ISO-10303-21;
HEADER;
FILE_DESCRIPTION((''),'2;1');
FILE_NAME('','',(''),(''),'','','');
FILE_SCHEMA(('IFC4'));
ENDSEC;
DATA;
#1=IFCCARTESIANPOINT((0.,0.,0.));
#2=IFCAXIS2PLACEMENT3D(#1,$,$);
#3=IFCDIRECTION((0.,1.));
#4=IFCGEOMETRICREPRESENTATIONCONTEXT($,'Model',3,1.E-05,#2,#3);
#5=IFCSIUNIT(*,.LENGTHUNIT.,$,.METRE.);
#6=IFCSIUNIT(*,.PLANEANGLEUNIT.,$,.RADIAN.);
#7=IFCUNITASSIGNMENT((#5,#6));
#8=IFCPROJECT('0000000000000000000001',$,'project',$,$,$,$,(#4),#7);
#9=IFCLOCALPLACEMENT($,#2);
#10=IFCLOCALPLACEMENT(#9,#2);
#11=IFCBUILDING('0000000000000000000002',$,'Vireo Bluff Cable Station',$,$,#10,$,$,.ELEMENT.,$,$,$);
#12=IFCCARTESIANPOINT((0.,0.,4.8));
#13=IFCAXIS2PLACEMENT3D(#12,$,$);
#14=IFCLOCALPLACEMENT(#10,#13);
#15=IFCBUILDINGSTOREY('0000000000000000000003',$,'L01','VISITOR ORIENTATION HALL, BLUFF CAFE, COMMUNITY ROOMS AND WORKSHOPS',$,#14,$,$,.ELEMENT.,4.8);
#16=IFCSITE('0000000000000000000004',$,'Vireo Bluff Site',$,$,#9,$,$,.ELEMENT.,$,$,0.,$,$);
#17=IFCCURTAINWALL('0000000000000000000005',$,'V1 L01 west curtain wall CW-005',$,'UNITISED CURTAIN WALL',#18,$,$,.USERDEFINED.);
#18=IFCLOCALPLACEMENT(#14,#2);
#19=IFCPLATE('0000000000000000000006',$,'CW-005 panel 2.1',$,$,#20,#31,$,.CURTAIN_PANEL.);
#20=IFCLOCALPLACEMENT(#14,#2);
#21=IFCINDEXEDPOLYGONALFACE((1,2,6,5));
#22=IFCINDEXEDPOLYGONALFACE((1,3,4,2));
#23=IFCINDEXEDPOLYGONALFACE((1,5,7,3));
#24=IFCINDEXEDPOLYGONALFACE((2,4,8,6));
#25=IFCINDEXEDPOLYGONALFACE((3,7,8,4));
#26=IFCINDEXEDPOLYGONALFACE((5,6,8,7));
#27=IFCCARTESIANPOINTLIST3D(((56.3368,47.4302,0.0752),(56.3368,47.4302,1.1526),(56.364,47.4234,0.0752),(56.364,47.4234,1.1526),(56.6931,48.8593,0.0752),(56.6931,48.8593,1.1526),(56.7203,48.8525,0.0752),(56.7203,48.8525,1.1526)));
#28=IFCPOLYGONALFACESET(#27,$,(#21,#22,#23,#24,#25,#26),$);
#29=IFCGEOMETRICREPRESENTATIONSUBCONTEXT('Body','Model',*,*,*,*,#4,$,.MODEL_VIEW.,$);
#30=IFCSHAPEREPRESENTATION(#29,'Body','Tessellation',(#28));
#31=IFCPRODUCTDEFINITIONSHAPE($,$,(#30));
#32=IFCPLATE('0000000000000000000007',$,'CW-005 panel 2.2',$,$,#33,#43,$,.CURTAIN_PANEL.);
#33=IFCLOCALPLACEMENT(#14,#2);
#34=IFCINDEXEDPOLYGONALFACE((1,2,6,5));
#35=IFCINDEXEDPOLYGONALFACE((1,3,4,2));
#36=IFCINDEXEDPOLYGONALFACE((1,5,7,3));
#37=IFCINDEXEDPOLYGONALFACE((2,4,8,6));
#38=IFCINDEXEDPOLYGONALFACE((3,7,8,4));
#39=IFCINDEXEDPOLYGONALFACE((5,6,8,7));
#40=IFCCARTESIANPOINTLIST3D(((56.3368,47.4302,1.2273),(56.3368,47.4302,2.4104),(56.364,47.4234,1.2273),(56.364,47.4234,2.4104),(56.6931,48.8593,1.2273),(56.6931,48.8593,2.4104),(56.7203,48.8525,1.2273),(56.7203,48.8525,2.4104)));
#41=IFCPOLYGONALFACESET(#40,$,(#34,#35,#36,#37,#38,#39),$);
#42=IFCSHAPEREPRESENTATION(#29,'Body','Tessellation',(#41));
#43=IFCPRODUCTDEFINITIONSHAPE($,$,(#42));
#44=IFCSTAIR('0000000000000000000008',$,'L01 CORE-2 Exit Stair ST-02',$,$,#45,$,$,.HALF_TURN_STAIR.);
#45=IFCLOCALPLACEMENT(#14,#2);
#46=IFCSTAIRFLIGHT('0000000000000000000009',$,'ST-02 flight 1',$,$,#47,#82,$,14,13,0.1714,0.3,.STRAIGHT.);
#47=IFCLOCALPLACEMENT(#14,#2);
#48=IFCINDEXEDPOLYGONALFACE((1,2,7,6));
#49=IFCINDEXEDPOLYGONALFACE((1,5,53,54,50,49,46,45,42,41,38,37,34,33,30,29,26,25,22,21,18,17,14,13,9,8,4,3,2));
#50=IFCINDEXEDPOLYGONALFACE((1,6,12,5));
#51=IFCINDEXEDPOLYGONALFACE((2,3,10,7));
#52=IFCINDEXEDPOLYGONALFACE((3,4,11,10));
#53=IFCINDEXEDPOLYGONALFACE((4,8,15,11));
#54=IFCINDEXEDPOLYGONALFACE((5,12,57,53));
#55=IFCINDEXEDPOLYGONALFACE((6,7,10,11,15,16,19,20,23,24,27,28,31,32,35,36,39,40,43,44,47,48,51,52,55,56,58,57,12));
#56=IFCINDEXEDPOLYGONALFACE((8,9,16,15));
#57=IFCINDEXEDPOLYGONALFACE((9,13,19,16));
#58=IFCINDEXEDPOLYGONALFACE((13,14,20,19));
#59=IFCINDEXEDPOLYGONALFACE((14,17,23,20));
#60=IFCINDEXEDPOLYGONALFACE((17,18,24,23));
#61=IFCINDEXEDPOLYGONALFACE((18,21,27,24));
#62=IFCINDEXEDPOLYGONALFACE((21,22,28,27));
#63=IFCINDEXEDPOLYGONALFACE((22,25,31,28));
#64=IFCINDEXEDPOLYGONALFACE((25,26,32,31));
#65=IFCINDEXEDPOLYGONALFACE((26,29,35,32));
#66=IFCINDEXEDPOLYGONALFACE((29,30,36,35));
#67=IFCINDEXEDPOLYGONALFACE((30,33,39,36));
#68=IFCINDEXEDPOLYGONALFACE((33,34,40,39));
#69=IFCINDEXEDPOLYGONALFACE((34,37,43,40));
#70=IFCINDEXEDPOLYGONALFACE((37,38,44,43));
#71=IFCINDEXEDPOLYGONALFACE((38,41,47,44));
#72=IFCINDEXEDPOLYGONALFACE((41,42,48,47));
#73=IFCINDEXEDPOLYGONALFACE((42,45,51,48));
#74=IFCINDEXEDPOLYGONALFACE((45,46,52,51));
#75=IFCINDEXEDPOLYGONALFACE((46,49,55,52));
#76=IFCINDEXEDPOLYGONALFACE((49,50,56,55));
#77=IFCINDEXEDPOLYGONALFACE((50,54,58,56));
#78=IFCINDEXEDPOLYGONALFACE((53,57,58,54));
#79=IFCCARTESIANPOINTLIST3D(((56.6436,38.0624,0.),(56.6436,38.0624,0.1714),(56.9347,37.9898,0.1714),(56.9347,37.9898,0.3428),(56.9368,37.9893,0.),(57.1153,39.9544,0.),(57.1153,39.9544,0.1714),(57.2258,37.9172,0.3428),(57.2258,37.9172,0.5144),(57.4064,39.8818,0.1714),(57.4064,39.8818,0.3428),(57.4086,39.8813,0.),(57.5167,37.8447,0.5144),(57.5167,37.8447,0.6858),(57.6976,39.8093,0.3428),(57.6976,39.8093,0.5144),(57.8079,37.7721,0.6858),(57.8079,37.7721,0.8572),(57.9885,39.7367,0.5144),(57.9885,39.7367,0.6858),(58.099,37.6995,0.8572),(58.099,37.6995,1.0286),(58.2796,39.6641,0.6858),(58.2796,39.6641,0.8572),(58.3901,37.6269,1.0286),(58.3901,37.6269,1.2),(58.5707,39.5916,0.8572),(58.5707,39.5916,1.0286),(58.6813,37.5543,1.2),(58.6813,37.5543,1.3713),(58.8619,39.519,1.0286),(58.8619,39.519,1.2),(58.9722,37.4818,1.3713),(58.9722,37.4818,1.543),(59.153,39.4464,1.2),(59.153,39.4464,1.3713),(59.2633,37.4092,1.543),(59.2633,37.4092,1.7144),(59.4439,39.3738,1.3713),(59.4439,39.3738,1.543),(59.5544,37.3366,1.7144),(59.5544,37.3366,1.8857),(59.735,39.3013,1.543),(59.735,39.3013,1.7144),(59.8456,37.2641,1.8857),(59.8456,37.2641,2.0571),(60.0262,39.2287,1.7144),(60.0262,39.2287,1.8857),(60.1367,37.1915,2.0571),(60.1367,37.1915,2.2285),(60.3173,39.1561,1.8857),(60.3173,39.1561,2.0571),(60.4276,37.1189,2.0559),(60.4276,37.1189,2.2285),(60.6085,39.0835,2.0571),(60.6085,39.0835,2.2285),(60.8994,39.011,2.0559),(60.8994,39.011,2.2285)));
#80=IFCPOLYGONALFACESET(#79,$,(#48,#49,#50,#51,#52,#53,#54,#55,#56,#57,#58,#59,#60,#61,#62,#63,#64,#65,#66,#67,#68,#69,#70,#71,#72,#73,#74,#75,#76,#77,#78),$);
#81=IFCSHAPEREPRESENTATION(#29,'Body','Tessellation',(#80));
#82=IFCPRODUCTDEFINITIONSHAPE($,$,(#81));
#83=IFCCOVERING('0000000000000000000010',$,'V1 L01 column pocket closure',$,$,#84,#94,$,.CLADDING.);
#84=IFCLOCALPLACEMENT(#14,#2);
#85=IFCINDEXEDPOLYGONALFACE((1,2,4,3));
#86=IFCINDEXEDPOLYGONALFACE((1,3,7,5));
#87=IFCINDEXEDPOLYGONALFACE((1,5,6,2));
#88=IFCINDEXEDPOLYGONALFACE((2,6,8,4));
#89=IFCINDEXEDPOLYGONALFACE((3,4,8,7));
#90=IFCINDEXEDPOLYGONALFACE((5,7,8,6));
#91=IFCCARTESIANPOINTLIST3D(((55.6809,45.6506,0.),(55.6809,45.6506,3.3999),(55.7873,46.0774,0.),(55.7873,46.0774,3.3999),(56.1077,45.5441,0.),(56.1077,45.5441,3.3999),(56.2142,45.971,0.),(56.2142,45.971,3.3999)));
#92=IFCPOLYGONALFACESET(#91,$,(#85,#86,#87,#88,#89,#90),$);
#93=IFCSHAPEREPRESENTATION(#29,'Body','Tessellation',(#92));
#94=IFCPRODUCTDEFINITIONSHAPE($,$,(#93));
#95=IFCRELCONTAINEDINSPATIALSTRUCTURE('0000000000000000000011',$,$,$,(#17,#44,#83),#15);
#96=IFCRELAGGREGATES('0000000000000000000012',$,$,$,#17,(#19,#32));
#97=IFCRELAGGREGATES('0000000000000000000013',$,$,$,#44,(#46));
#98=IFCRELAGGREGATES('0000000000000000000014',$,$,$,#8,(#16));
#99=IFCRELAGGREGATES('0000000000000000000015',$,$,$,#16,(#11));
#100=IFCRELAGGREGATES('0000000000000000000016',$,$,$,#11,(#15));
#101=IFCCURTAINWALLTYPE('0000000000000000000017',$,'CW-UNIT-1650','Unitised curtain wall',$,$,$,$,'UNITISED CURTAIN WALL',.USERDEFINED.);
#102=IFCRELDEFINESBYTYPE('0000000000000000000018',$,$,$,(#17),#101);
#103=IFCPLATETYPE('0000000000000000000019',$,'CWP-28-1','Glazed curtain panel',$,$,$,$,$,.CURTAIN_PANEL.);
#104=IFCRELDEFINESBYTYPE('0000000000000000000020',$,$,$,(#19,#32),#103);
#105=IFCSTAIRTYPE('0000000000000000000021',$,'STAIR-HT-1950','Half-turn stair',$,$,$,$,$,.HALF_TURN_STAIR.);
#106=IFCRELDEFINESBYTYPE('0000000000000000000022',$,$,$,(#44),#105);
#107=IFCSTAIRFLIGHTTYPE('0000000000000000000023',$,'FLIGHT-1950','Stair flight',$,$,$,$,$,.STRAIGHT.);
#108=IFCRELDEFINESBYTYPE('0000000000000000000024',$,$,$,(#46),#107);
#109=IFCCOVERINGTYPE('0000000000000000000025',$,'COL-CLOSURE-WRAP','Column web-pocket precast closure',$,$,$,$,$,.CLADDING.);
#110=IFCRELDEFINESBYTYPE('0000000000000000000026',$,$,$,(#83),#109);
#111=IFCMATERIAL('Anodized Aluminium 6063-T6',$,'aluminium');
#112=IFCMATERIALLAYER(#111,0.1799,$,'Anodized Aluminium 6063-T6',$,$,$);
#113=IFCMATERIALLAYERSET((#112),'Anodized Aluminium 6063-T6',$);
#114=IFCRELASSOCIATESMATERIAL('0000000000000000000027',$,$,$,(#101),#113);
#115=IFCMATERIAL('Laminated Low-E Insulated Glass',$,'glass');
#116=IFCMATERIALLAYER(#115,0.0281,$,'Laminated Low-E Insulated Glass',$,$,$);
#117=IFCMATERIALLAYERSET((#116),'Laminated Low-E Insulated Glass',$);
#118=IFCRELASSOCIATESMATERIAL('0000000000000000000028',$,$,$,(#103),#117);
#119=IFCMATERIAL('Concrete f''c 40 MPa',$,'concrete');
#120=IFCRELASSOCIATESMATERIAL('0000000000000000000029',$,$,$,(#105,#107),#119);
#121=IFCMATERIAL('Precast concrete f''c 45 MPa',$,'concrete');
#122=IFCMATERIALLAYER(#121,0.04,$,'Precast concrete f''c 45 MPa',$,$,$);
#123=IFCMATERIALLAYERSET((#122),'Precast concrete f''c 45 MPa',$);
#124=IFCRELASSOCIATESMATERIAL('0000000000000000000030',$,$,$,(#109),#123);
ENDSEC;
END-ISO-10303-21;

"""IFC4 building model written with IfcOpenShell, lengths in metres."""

from ifc_helpers import new_model, si_unit, direction, frame, origin, origin_2d, place, context, subcontext, project, spatial, polyline, rectangle, outline, extrude, material, layer, layer_set, type_object, element, aggregate, save


model = new_model("IFC4")

# Units and contexts
model_context = context("Model", 3, precision=1e-05, world=origin(), true_north=direction((0.0, 1.0)))
body_context = subcontext(model_context, "Body", "Model", "MODEL_VIEW")
ifc_project = project(units=[si_unit("LENGTHUNIT", "METRE"), si_unit("PLANEANGLEUNIT", "RADIAN")], contexts=[model_context])

# Site, building, storey
site_placement = place(None, origin())
site = spatial("IfcSite", under=ifc_project, at=site_placement, Name="Vireo Bluff Site", CompositionType="ELEMENT", RefElevation=0.0)
building_placement = place(site_placement, origin())
building = spatial("IfcBuilding", under=site, at=building_placement, Name="Vireo Bluff Cable Station", CompositionType="ELEMENT")
storey_placement = place(building_placement, frame((0.0, 0.0, 4.8)))
storey = spatial("IfcBuildingStorey", under=building, at=storey_placement, Name="L01", Description="VISITOR ORIENTATION HALL, BLUFF CAFE, COMMUNITY ROOMS AND WORKSHOPS", CompositionType="ELEMENT", Elevation=4.8)

# Curtain wall
ifc_material_1 = material(Name="Anodized Aluminium 6063-T6", Category="aluminium")
ifc_layer_1 = layer(ifc_material_1, 0.1799, Name="Anodized Aluminium 6063-T6")
ifc_layer_set_1 = layer_set([ifc_layer_1], Name="Anodized Aluminium 6063-T6")
curtain_wall_type = type_object("IfcCurtainWallType", Name="CW-UNIT-1650", Description="Unitised curtain wall", ElementType="UNITISED CURTAIN WALL", PredefinedType="USERDEFINED", material=ifc_layer_set_1)
curtain_wall_placement = place(storey_placement, origin())
curtain_wall = element("IfcCurtainWall", 1, at=curtain_wall_placement, inside=storey, type_object=curtain_wall_type, Name="V1 L01 west curtain wall CW-005", ObjectType="UNITISED CURTAIN WALL", PredefinedType="USERDEFINED")

# Plates
ifc_material_2 = material(Name="Laminated Low-E Insulated Glass", Category="glass")
ifc_layer_2 = layer(ifc_material_2, 0.0281, Name="Laminated Low-E Insulated Glass")
ifc_layer_set_2 = layer_set([ifc_layer_2], Name="Laminated Low-E Insulated Glass")
plate_type = type_object("IfcPlateType", Name="CWP-28-1", Description="Glazed curtain panel", PredefinedType="CURTAIN_PANEL", material=ifc_layer_set_2)
plate_1_placement = place(storey_placement, frame((56.5286, 48.1414, 0.0752), z_axis=(0.0, 0.0, 1.0), x_axis=(0.241922, 0.970296, 0.0)))
plate_1 = element("IfcPlate", 2, at=plate_1_placement, type_object=plate_type, Name="CW-005 panel 2.1", PredefinedType="CURTAIN_PANEL", context=body_context, shape_type="SweptSolid", body=[
    extrude(rectangle(XDim=1.4729, YDim=0.0281, at=origin_2d()), origin(), (0.0, 0.0, 1.0), 1.0774),
])
plate_2_placement = place(storey_placement, frame((56.5286, 48.1414, 1.2273), z_axis=(0.0, 0.0, 1.0), x_axis=(0.241922, 0.970296, 0.0)))
plate_2 = element("IfcPlate", 3, at=plate_2_placement, type_object=plate_type, Name="CW-005 panel 2.2", PredefinedType="CURTAIN_PANEL", context=body_context, shape_type="SweptSolid", body=[
    extrude(rectangle(XDim=1.4729, YDim=0.0281, at=origin_2d()), origin(), (0.0, 0.0, 1.0), 1.1831),
])
aggregate(curtain_wall, [plate_1, plate_2])

# Stair, stair flight
ifc_material_3 = material(Name="Concrete f'c 40 MPa", Category="concrete")
stair_type = type_object("IfcStairType", Name="STAIR-HT-1950", Description="Half-turn stair", PredefinedType="HALF_TURN_STAIR", material=ifc_material_3)
stair_placement = place(storey_placement, origin())
stair = element("IfcStair", 4, at=stair_placement, inside=storey, type_object=stair_type, Name="L01 CORE-2 Exit Stair ST-02", PredefinedType="HALF_TURN_STAIR")
stair_flight_type = type_object("IfcStairFlightType", Name="FLIGHT-1950", Description="Stair flight", PredefinedType="STRAIGHT", material=ifc_material_3)
stair_flight_placement = place(storey_placement, frame((56.8794, 39.0083, 0.0), z_axis=(0.0, 0.0, 1.0), x_axis=(0.970296, -0.241922, 0.0)))
stair_flight = element("IfcStairFlight", 5, at=stair_flight_placement, type_object=stair_flight_type, Name="ST-02 flight 1", NumberOfRisers=14, NumberOfTreads=13, PredefinedType="STRAIGHT", RiserHeight=0.1714, TreadLength=0.3, context=body_context, shape_type="SweptSolid", body=[
    extrude(outline(polyline([(0.0, 0.0), (0.0, 0.1714), (0.3, 0.1714), (0.3, 0.3428), (0.6001, 0.3428), (0.6001, 0.5144), (0.8999, 0.5144), (0.8999, 0.6858), (1.2, 0.6858), (1.2, 0.8572), (1.5, 0.8572), (1.5, 1.0286), (1.8, 1.0286), (1.8, 1.2), (2.1001, 1.2), (2.1001, 1.3713), (2.3999, 1.3713), (2.3999, 1.543), (2.7, 1.543), (2.7, 1.7144), (3.0, 1.7144), (3.0, 1.8857), (3.3, 1.8857), (3.3, 2.0571), (3.6001, 2.0571), (3.6001, 2.2285), (3.8999, 2.2285), (3.8999, 2.3999), (3.8999, 2.0559), (0.3022, 0.0), (0.0, 0.0)])), frame((0.0, 0.9751, 0.0), z_axis=(0.0, -1.0, 0.0), x_axis=(1.0, 0.0, 0.0)), (0.0, 0.0, 1.0), 1.95),
])
aggregate(stair, [stair_flight])

# Covering
ifc_material_4 = material(Name="Precast concrete f'c 45 MPa", Category="concrete")
ifc_layer_3 = layer(ifc_material_4, 0.04, Name="Precast concrete f'c 45 MPa")
ifc_layer_set_3 = layer_set([ifc_layer_3], Name="Precast concrete f'c 45 MPa")
covering_type = type_object("IfcCoveringType", Name="COL-CLOSURE-WRAP", Description="Column web-pocket precast closure", PredefinedType="CLADDING", material=ifc_layer_set_3)
covering_placement = place(storey_placement, frame((55.9475, 45.8108, 0.0), z_axis=(0.0, 0.0, 1.0), x_axis=(0.970296, -0.241922, 0.0)))
element("IfcCovering", 6, at=covering_placement, inside=storey, type_object=covering_type, Name="V1 L01 column pocket closure", PredefinedType="CLADDING", context=body_context, shape_type="SweptSolid", body=[
    extrude(rectangle(XDim=0.4399, YDim=0.4399, at=origin_2d()), origin(), (0.0, 0.0, 1.0), 3.3999),
])

save(model, "model.ifc")
